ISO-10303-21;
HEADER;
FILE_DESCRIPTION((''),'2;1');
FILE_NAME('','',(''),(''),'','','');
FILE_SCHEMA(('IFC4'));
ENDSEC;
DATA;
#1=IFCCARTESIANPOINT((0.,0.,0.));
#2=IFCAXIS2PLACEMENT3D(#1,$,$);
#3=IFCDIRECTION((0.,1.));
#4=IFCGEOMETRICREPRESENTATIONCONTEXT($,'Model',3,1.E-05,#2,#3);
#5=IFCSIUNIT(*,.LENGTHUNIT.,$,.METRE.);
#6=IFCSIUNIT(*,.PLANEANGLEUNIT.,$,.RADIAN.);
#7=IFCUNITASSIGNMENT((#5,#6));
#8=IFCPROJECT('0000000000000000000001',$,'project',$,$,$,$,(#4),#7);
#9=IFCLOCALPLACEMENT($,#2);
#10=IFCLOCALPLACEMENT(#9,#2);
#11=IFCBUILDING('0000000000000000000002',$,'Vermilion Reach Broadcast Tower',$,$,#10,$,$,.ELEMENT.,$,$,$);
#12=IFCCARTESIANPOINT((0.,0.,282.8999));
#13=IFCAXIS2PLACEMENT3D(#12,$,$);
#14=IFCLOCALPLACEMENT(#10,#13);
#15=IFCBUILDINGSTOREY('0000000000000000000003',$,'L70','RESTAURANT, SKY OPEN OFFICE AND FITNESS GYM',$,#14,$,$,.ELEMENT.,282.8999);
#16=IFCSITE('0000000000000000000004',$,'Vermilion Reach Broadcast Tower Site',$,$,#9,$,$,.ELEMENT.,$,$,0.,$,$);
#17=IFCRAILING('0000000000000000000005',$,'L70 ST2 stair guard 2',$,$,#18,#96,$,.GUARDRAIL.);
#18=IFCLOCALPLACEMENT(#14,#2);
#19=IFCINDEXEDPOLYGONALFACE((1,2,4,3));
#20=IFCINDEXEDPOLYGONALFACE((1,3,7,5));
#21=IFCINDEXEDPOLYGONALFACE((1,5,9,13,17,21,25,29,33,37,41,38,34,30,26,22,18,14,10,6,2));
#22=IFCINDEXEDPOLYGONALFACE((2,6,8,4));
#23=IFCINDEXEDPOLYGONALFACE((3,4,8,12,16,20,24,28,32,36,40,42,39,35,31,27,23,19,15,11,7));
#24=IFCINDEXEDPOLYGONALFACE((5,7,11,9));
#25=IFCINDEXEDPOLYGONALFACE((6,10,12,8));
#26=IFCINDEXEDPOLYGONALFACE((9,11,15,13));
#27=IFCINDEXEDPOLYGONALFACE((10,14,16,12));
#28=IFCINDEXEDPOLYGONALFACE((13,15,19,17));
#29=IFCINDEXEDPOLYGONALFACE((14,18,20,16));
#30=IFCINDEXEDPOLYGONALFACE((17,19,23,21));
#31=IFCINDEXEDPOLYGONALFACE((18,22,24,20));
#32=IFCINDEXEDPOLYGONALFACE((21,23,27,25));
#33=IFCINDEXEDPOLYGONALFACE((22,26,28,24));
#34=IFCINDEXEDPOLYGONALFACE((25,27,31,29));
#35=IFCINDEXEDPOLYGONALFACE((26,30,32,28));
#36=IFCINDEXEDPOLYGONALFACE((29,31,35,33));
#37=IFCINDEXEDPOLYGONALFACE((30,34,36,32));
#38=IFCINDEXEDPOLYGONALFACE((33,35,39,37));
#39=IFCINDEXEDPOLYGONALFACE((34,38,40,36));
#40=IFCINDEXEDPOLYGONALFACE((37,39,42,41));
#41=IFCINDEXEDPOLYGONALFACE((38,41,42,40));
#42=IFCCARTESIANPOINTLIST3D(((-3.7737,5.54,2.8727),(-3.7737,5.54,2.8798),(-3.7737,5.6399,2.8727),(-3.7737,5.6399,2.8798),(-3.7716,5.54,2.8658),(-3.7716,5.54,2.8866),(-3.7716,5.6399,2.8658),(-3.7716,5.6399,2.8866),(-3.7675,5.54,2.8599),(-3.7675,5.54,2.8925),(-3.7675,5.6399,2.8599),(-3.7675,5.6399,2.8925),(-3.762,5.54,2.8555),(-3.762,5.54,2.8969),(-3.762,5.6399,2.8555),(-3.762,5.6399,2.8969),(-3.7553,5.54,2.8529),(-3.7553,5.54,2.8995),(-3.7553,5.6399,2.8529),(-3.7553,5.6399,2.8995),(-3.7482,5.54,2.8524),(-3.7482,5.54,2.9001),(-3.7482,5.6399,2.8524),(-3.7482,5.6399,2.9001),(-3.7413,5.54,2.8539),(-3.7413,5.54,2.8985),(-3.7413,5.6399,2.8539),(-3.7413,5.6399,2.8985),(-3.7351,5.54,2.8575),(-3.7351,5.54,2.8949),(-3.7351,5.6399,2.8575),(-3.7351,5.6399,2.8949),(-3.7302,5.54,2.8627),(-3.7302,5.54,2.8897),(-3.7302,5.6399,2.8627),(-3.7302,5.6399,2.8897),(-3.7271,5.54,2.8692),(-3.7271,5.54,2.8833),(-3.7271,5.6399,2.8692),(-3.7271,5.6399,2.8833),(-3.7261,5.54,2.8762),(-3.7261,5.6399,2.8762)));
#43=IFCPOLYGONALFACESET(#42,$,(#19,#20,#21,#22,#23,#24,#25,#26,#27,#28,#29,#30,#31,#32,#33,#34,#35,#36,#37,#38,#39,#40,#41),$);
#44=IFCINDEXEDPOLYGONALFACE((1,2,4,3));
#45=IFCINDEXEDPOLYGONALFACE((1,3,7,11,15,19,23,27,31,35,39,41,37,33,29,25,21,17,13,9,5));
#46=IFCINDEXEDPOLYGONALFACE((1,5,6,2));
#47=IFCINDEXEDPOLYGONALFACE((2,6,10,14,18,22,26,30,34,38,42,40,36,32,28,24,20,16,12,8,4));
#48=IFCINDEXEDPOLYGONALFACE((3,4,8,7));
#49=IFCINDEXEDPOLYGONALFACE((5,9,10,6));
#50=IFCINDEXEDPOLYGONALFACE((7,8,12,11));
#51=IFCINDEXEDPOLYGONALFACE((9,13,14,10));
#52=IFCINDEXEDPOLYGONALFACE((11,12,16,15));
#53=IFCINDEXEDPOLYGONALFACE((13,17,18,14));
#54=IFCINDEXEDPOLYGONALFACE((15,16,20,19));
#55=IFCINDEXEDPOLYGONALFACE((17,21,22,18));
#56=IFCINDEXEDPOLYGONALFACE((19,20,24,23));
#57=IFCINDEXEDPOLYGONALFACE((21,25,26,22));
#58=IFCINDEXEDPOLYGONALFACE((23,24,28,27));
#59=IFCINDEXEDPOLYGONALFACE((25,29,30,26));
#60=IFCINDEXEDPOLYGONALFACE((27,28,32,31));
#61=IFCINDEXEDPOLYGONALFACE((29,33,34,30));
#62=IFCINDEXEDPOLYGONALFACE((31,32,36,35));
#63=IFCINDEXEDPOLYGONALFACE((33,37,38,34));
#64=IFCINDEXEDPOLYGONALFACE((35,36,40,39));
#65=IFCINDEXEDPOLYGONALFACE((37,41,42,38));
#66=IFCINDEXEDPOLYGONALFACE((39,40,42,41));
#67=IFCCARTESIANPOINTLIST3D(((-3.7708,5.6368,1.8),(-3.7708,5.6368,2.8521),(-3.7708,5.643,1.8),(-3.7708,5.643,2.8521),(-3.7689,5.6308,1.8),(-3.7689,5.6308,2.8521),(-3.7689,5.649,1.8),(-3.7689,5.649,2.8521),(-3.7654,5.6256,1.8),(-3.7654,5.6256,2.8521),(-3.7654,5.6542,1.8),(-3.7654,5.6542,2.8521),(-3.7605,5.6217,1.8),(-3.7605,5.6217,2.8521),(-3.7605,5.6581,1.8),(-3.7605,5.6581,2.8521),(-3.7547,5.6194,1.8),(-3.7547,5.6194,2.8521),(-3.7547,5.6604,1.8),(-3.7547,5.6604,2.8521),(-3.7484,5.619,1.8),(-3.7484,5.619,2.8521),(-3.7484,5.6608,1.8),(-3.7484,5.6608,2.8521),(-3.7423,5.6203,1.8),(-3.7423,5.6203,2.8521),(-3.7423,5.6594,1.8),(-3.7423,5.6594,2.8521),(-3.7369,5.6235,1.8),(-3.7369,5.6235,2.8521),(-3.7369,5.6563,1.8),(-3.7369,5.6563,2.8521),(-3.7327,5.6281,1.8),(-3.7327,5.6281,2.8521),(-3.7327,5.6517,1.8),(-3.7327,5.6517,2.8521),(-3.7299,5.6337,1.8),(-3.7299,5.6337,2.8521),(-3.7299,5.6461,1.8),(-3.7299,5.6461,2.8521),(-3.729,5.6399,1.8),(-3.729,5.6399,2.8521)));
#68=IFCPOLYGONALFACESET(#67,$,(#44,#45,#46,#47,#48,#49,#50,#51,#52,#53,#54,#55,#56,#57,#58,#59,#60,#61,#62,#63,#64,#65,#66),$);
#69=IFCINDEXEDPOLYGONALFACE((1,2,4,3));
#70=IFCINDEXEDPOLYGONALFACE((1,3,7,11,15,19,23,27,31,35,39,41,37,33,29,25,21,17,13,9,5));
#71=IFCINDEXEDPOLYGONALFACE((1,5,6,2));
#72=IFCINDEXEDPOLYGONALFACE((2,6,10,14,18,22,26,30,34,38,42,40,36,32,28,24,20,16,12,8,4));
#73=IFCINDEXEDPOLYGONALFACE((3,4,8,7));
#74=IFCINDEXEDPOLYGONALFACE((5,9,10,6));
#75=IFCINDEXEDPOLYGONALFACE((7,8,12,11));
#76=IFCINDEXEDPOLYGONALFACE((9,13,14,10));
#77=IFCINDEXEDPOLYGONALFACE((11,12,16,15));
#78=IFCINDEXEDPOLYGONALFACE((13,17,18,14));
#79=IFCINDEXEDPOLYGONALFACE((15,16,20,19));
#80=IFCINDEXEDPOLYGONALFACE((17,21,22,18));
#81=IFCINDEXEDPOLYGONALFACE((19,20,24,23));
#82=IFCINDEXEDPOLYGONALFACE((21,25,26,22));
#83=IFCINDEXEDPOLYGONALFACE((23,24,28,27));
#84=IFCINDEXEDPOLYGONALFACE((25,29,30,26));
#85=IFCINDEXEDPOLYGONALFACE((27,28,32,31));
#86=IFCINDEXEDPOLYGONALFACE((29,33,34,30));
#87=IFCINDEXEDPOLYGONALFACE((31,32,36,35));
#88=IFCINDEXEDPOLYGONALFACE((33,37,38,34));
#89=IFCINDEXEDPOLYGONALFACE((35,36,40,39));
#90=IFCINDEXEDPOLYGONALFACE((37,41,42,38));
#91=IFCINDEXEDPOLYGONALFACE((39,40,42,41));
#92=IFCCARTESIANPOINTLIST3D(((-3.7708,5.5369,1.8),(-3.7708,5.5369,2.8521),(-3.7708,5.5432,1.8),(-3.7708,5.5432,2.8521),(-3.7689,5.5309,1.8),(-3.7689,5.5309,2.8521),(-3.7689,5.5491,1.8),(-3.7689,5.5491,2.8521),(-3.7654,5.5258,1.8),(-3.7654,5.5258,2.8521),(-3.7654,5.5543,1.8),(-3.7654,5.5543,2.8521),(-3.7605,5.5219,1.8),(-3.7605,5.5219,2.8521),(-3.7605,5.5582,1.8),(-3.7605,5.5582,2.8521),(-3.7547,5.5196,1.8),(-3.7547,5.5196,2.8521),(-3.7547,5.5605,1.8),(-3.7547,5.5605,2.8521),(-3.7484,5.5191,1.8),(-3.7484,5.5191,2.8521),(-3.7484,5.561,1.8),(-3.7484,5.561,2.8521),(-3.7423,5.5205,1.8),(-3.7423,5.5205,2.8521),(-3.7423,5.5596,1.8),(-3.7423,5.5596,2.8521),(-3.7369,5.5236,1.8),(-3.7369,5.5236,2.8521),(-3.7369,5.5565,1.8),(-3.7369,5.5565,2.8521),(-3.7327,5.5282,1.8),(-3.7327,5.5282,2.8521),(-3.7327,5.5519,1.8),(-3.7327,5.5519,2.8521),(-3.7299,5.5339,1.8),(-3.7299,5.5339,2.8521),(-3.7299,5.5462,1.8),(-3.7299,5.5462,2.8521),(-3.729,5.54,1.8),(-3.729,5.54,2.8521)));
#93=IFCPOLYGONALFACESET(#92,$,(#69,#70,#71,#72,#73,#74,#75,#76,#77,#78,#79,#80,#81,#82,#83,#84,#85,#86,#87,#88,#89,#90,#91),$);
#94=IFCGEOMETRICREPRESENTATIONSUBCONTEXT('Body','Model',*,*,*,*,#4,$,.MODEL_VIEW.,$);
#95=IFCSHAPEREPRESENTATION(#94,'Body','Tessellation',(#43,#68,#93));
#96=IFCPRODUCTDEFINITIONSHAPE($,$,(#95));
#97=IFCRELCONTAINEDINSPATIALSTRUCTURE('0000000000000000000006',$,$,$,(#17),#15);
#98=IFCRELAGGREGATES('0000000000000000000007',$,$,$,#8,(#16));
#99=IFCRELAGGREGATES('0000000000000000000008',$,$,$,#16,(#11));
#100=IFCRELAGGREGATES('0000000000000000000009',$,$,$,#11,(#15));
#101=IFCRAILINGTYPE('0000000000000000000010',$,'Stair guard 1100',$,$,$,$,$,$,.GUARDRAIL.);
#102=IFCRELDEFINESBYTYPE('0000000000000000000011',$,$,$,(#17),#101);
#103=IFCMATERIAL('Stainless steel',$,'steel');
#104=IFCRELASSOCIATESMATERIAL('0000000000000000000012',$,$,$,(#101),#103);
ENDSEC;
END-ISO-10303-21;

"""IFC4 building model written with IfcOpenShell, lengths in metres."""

from ifc_helpers import new_model, si_unit, direction, frame, origin, origin_2d, place, context, subcontext, project, spatial, circle, extrude, material, type_object, element, save


model = new_model("IFC4")

# Units and contexts
model_context = context("Model", 3, precision=1e-05, world=origin(), true_north=direction((0.0, 1.0)))
body_context = subcontext(model_context, "Body", "Model", "MODEL_VIEW")
ifc_project = project(units=[si_unit("LENGTHUNIT", "METRE"), si_unit("PLANEANGLEUNIT", "RADIAN")], contexts=[model_context])

# Site, building, storey
site_placement = place(None, origin())
site = spatial("IfcSite", under=ifc_project, at=site_placement, Name="Vermilion Reach Broadcast Tower Site", CompositionType="ELEMENT", RefElevation=0.0)
building_placement = place(site_placement, origin())
building = spatial("IfcBuilding", under=site, at=building_placement, Name="Vermilion Reach Broadcast Tower", CompositionType="ELEMENT")
storey_placement = place(building_placement, frame((0.0, 0.0, 282.8999)))
storey = spatial("IfcBuildingStorey", under=building, at=storey_placement, Name="L70", Description="RESTAURANT, SKY OPEN OFFICE AND FITNESS GYM", CompositionType="ELEMENT", Elevation=282.8999)

# Railing
ifc_material_1 = material(Name="Stainless steel", Category="steel")
railing_type_1 = type_object("IfcRailingType", Name="Stair guard 1100", PredefinedType="GUARDRAIL", material=ifc_material_1)
railing_1_placement = place(storey_placement, frame((-3.75, 5.6399, 1.8)))
element("IfcRailing", 1, at=railing_1_placement, inside=storey, type_object=railing_type_1, Name="L70 ST2 stair guard 2", PredefinedType="GUARDRAIL", context=body_context, shape_type="SweptSolid", body=[
    extrude(circle(Radius=0.0239, at=origin_2d()), frame((0.0, 0.0, 1.0762), z_axis=(0.0, -1.0, 0.0), x_axis=(1.0, 0.0, 0.0)), (0.0, 0.0, 1.0), 0.0999),
    extrude(circle(Radius=0.021, at=origin_2d()), origin(), (0.0, 0.0, 1.0), 1.052),
    extrude(circle(Radius=0.021, at=origin_2d()), frame((0.0, -0.0999, 0.0)), (0.0, 0.0, 1.0), 1.052),
])

save(model, "model.ifc")
